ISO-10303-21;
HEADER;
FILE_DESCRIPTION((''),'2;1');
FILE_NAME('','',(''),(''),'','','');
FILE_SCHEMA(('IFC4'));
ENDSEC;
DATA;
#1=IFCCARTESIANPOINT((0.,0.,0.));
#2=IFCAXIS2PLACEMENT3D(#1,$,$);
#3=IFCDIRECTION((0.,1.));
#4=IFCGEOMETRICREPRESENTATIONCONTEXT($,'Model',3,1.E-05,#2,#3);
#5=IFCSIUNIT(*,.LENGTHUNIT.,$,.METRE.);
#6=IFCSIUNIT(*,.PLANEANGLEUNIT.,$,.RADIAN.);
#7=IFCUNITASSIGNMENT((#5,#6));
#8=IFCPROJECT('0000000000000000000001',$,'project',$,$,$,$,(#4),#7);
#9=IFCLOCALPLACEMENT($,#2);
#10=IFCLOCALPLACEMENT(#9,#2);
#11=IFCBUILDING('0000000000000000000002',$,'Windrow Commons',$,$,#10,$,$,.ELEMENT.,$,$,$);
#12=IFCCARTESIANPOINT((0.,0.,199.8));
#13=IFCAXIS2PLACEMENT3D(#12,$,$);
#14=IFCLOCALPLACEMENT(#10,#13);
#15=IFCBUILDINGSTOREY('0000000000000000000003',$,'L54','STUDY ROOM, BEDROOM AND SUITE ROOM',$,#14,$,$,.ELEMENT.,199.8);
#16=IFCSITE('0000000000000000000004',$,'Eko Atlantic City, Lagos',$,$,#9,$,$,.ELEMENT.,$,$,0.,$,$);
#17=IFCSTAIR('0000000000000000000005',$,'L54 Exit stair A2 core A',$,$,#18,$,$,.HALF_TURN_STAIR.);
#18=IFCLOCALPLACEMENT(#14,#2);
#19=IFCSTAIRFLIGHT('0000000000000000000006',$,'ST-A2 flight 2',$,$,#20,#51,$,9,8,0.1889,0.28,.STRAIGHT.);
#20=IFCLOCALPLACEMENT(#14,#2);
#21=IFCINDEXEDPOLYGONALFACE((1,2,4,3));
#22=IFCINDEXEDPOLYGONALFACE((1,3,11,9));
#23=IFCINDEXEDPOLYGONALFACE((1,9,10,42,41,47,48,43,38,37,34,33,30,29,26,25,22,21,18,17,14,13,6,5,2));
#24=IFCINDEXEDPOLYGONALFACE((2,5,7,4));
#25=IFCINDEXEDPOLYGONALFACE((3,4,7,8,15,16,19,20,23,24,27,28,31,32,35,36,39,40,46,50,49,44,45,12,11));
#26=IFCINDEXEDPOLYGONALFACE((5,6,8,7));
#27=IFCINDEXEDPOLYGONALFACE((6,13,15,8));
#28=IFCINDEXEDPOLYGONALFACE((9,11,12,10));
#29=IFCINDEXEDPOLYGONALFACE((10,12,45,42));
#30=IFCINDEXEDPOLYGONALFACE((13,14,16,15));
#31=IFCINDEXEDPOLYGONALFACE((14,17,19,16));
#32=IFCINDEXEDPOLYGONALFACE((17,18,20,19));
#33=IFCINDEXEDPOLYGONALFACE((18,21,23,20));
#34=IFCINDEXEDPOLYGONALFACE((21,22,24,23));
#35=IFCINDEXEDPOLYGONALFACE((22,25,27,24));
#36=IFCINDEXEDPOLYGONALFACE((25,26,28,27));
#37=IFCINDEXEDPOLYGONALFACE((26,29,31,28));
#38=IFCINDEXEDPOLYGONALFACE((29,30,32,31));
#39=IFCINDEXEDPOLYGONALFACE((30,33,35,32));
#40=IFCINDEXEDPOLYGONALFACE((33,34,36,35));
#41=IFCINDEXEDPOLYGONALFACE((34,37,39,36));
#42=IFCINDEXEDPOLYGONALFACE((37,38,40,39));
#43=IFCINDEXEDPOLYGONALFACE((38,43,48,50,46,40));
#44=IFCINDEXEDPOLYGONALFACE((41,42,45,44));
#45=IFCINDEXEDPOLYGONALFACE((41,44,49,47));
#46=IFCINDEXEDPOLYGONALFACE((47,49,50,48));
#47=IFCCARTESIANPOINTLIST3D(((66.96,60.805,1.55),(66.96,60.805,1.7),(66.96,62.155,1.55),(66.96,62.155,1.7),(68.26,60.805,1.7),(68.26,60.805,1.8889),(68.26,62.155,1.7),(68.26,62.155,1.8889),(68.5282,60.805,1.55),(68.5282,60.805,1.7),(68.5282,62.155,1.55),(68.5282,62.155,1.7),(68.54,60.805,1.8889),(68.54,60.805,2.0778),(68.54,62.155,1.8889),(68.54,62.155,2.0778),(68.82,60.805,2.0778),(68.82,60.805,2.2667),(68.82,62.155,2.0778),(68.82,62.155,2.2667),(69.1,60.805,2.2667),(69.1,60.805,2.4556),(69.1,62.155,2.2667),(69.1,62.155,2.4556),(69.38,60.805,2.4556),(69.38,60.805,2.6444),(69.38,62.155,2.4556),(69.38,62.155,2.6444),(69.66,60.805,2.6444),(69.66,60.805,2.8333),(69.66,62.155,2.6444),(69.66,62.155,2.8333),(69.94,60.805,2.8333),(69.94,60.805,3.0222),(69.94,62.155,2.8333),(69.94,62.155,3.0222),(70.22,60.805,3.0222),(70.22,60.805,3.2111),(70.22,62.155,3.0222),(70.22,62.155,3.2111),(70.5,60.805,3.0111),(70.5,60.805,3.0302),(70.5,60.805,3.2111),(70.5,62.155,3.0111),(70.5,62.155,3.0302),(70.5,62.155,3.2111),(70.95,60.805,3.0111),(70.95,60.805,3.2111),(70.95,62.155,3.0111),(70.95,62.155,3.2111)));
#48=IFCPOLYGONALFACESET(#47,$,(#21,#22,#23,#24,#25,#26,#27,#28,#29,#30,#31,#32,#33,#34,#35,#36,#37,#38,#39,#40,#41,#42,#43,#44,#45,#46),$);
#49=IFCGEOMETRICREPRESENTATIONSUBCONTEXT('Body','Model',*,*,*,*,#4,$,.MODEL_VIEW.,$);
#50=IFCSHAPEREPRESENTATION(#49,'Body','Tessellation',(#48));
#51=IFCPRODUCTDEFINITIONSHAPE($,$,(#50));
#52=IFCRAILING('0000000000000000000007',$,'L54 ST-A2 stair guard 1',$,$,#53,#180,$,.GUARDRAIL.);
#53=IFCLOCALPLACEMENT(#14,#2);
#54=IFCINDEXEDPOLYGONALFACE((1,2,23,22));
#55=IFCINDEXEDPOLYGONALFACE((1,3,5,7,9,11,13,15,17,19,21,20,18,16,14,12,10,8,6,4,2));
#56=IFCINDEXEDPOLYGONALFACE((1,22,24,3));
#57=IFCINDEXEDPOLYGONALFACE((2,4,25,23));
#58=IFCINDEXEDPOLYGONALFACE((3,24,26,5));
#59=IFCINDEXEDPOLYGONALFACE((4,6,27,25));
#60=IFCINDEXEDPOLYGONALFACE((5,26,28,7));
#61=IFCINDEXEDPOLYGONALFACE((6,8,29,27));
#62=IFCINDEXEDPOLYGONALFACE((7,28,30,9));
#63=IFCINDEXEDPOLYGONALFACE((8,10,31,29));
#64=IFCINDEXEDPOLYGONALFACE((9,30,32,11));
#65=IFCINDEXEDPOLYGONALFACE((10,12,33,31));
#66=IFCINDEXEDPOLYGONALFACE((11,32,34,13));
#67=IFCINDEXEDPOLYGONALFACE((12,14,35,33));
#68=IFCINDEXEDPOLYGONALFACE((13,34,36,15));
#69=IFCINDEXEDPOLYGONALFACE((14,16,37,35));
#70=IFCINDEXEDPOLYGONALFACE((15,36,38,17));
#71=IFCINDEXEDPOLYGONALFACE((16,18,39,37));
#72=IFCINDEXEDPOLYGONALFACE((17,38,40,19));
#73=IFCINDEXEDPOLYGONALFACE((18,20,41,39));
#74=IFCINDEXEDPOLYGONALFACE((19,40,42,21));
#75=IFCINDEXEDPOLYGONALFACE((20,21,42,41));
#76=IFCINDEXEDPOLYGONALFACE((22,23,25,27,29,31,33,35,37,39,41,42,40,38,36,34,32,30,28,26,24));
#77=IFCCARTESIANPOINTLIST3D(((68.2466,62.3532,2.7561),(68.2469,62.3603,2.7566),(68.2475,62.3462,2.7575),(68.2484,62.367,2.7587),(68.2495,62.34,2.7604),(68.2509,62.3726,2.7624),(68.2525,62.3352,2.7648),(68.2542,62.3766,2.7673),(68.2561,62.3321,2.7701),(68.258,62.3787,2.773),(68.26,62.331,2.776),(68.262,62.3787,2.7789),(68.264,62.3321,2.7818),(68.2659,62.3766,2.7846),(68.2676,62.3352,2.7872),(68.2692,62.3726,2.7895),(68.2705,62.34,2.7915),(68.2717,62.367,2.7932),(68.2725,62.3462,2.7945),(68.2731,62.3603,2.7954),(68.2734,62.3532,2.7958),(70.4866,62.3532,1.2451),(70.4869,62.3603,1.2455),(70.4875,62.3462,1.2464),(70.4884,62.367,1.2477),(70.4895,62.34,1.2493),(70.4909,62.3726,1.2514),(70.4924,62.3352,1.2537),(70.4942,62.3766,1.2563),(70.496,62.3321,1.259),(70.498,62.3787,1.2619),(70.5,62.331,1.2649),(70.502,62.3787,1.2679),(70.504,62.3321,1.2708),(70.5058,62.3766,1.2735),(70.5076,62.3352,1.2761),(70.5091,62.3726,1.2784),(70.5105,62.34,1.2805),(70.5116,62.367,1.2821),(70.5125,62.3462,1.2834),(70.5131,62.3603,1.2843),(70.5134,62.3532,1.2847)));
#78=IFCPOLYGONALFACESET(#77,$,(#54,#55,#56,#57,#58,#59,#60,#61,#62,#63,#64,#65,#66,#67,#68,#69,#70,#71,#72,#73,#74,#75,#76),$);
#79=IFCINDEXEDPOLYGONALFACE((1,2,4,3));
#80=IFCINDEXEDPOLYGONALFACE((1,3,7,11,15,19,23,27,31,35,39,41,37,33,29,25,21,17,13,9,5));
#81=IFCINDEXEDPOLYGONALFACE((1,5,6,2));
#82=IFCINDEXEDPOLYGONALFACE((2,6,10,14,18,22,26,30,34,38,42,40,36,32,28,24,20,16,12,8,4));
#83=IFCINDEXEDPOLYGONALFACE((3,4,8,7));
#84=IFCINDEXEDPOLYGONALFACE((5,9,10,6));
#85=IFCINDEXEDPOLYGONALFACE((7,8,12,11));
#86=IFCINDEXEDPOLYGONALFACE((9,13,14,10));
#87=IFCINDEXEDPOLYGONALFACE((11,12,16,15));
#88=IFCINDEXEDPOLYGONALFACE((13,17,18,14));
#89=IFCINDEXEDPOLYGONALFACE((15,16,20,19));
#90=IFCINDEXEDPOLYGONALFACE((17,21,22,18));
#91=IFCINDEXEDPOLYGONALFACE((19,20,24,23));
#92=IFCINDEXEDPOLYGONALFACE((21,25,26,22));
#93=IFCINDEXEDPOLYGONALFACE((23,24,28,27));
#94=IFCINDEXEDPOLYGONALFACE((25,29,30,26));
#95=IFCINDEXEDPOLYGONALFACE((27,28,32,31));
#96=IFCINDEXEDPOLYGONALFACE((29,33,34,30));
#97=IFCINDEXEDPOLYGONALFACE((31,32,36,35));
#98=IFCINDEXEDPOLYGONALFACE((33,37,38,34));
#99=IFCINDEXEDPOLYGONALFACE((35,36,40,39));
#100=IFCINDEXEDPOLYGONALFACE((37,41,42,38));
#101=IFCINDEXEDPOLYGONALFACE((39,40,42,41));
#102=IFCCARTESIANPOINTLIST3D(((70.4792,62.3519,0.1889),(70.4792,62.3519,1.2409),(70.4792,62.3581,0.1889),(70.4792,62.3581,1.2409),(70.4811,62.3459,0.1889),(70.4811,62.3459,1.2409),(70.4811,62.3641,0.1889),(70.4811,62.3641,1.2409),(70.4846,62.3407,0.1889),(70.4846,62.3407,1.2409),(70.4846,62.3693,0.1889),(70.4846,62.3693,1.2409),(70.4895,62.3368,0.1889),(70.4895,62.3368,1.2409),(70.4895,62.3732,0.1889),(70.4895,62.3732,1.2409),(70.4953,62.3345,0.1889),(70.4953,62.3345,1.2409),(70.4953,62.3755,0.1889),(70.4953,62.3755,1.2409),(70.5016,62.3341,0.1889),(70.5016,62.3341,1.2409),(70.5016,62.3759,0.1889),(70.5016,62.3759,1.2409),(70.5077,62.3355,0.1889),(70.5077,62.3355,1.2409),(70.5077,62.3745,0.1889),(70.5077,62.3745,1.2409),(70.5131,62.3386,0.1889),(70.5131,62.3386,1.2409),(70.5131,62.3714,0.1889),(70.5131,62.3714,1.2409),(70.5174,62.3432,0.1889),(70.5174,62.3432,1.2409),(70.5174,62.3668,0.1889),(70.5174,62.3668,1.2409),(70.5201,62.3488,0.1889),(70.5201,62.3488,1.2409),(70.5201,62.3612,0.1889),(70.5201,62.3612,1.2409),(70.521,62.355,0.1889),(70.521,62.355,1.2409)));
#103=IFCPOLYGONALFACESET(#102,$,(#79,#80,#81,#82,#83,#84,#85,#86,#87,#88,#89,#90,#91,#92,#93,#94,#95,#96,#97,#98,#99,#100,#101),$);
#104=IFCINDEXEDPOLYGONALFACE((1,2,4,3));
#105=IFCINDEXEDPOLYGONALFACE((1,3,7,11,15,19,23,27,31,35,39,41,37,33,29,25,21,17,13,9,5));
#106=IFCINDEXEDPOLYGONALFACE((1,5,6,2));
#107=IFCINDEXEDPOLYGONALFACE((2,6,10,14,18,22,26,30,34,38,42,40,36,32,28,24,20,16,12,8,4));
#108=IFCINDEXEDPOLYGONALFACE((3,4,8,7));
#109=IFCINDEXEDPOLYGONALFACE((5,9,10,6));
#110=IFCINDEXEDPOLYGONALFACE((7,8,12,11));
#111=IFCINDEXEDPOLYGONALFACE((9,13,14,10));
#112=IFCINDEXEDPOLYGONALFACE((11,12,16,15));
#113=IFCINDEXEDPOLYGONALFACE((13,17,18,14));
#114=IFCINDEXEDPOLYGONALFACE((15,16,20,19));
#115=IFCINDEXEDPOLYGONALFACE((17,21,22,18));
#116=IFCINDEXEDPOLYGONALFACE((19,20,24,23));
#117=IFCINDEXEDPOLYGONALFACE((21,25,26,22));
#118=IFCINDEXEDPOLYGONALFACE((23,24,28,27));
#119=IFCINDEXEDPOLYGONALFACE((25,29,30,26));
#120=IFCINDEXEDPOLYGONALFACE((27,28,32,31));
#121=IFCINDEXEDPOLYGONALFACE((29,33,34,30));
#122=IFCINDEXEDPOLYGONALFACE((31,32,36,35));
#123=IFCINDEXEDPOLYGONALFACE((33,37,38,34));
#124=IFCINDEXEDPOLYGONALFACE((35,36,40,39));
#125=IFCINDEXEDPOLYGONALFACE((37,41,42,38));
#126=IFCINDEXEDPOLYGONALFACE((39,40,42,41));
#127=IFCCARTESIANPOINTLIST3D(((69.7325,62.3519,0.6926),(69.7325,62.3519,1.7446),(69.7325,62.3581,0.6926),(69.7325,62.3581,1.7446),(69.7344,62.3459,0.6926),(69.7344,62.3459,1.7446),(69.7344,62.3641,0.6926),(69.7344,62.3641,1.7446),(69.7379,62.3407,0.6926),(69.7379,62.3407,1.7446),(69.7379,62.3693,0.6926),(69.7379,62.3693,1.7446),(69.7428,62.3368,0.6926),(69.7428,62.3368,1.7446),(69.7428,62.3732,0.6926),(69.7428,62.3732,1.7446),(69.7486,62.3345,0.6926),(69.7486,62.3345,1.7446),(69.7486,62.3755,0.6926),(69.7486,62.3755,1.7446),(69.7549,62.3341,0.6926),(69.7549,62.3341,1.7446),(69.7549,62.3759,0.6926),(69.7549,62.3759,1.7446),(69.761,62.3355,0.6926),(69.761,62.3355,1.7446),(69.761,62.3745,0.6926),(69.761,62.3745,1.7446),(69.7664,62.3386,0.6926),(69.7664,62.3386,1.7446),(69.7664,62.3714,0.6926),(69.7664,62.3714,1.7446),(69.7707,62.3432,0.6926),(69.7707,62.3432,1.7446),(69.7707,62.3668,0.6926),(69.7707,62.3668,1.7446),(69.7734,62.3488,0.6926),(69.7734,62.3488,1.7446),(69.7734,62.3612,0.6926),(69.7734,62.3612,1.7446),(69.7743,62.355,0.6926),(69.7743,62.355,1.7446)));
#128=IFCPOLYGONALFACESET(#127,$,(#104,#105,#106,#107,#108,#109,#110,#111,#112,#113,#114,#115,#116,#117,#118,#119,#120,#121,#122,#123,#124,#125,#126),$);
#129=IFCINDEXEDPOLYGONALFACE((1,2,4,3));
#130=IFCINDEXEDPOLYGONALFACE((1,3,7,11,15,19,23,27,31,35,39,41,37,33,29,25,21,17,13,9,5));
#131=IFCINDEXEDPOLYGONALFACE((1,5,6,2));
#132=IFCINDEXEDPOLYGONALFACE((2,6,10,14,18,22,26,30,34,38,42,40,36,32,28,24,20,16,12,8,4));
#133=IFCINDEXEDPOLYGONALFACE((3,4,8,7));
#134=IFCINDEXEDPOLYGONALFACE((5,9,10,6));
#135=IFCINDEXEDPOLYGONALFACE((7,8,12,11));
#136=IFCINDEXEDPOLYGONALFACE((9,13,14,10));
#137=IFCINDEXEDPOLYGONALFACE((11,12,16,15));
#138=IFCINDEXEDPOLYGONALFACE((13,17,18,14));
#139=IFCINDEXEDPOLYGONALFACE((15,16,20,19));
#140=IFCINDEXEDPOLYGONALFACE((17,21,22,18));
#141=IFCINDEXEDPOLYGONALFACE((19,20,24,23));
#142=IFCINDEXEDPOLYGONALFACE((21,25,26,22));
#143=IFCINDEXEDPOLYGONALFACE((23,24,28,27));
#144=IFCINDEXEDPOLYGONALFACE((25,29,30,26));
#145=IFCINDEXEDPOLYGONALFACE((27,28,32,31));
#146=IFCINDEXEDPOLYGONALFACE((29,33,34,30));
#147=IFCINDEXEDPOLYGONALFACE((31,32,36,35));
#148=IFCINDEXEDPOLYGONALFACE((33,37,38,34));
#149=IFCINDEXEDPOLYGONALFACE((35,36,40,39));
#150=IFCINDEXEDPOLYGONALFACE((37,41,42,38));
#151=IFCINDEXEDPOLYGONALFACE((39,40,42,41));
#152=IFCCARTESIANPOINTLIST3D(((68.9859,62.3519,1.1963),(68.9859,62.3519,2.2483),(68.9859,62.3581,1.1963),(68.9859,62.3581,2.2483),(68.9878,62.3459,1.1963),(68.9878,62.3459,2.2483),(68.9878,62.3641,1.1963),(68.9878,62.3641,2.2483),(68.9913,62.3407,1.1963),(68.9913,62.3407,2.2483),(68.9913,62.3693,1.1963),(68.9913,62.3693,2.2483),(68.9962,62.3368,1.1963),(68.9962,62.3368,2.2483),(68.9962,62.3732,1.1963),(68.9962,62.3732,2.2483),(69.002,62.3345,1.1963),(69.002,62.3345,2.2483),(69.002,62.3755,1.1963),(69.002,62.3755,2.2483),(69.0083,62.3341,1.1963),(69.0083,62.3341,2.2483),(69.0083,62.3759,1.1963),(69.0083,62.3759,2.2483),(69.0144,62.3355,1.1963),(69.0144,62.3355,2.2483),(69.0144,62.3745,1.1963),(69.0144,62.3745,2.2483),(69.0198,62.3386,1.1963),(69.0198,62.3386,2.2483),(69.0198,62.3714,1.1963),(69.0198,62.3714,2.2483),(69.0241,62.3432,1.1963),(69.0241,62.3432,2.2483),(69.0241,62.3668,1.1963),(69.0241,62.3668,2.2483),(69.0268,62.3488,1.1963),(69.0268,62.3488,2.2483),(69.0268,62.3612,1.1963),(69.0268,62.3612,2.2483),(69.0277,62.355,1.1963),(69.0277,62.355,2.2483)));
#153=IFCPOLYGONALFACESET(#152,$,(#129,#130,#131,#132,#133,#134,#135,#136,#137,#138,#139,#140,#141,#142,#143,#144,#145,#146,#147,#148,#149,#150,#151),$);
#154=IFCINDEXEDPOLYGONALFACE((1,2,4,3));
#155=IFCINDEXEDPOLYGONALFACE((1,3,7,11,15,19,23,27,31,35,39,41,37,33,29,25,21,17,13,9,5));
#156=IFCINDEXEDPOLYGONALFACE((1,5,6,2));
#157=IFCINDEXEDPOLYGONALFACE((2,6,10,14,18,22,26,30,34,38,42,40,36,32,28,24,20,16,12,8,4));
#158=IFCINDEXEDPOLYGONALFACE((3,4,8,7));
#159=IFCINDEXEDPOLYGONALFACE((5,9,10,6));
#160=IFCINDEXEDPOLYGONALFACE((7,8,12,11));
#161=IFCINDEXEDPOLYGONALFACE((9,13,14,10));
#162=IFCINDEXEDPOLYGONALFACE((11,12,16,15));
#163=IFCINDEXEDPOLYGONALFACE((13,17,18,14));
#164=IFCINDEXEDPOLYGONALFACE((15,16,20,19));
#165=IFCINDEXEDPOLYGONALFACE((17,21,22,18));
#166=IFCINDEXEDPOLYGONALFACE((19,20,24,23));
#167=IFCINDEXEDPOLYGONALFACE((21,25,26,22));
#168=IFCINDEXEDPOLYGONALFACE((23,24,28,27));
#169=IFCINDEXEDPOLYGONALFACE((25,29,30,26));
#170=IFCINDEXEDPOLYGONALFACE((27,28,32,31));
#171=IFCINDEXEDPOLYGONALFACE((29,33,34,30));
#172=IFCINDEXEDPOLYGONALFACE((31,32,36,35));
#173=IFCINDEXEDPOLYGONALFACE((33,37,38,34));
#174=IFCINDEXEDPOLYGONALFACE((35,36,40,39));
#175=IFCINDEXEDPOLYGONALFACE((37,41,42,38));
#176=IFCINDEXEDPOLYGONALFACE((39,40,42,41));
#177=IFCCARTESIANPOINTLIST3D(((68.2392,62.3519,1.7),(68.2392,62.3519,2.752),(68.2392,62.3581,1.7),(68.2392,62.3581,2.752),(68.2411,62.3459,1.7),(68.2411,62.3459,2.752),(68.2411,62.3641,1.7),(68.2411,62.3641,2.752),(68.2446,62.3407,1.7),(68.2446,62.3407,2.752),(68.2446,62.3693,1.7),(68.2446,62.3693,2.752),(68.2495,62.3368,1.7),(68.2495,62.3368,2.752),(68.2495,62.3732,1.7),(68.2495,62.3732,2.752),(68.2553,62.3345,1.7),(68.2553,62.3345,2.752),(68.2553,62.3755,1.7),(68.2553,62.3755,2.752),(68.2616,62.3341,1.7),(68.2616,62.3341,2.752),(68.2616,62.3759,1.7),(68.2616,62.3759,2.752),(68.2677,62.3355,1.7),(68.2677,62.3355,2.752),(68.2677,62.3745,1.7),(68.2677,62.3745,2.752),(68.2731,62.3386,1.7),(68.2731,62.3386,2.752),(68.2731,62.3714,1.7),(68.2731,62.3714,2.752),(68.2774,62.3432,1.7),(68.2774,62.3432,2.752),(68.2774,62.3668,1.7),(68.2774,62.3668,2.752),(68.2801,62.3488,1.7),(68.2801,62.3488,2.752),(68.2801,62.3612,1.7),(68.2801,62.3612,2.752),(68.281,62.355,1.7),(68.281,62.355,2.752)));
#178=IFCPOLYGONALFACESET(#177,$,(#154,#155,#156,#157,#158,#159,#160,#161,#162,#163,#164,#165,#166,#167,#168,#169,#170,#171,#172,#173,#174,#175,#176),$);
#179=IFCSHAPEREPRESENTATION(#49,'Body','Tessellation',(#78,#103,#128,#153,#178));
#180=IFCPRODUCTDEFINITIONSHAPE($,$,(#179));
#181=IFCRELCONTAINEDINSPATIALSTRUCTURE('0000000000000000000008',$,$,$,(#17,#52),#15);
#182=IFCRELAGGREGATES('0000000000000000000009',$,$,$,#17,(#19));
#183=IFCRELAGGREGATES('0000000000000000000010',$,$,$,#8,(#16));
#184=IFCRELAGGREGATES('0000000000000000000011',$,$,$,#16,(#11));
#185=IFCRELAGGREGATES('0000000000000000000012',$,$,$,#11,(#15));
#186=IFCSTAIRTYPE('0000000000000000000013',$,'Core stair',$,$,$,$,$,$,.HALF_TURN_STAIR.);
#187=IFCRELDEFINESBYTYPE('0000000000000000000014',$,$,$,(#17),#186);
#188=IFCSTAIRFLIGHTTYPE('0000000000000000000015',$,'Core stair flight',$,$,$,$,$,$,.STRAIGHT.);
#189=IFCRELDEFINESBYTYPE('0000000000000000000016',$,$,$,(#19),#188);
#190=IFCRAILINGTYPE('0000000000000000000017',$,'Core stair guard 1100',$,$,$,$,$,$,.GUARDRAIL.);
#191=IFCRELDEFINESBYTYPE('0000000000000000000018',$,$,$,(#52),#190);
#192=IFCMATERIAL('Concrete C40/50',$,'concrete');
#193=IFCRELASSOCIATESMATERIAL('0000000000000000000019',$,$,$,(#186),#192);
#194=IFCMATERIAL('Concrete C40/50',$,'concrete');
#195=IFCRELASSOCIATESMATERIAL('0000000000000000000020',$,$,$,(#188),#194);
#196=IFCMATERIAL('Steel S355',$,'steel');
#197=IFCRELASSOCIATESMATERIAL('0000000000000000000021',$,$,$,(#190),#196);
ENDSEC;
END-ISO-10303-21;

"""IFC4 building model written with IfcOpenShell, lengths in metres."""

from ifc_helpers import new_model, si_unit, direction, frame, origin, origin_2d, place, context, subcontext, project, spatial, polyline, circle, outline, extrude, material, type_object, element, aggregate, save


model = new_model("IFC4")

# Units and contexts
model_context = context("Model", 3, precision=1e-05, world=origin(), true_north=direction((0.0, 1.0)))
body_context = subcontext(model_context, "Body", "Model", "MODEL_VIEW")
ifc_project = project(units=[si_unit("LENGTHUNIT", "METRE"), si_unit("PLANEANGLEUNIT", "RADIAN")], contexts=[model_context])

# Site, building, storey
site_placement = place(None, origin())
site = spatial("IfcSite", under=ifc_project, at=site_placement, Name="Eko Atlantic City, Lagos", CompositionType="ELEMENT", RefElevation=0.0)
building_placement = place(site_placement, origin())
building = spatial("IfcBuilding", under=site, at=building_placement, Name="Windrow Commons", CompositionType="ELEMENT")
storey_placement = place(building_placement, frame((0.0, 0.0, 199.8)))
storey = spatial("IfcBuildingStorey", under=building, at=storey_placement, Name="L54", Description="STUDY ROOM, BEDROOM AND SUITE ROOM", CompositionType="ELEMENT", Elevation=199.8)

# Stair, stair flight
ifc_material_1 = material(Name="Concrete C40/50", Category="concrete")
stair_type = type_object("IfcStairType", Name="Core stair", PredefinedType="HALF_TURN_STAIR", material=ifc_material_1)
stair_placement = place(storey_placement, origin())
stair = element("IfcStair", 1, at=stair_placement, inside=storey, type_object=stair_type, Name="L54 Exit stair A2 core A", PredefinedType="HALF_TURN_STAIR")
ifc_material_2 = material(Name="Concrete C40/50", Category="concrete")
stair_flight_type = type_object("IfcStairFlightType", Name="Core stair flight", PredefinedType="STRAIGHT", material=ifc_material_2)
stair_flight_1_placement = place(storey_placement, frame((68.26, 61.48, 1.7), z_axis=(0.0, 0.0, 1.0), x_axis=(1.0, 0.0, 0.0)))
stair_flight_1 = element("IfcStairFlight", 2, at=stair_flight_1_placement, type_object=stair_flight_type, Name="ST-A2 flight 2", NumberOfRisers=9, NumberOfTreads=8, PredefinedType="STRAIGHT", RiserHeight=0.1889, TreadLength=0.28, context=body_context, shape_type="SweptSolid", body=[
    extrude(outline(polyline([(-1.3, -0.15), (-1.3, 0.0), (0.0, 0.0), (0.0, 0.1889), (0.28, 0.1889), (0.28, 0.3778), (0.56, 0.3778), (0.56, 0.5667), (0.84, 0.5667), (0.84, 0.7556), (1.12, 0.7556), (1.12, 0.9444), (1.4, 0.9444), (1.4, 1.1333), (1.68, 1.1333), (1.68, 1.3222), (1.96, 1.3222), (1.96, 1.5111), (2.24, 1.5111), (2.69, 1.5111), (2.69, 1.3111), (2.24, 1.3111), (2.24, 1.3302), (0.2682, 0.0), (0.2682, -0.15), (-1.3, -0.15)])), frame((0.0, 0.675, 0.0), z_axis=(0.0, -1.0, 0.0), x_axis=(1.0, 0.0, 0.0)), (0.0, 0.0, 1.0), 1.35),
])
aggregate(stair, [stair_flight_1])

# Railing
ifc_material_3 = material(Name="Steel S355", Category="steel")
railing_type_1 = type_object("IfcRailingType", Name="Core stair guard 1100", PredefinedType="GUARDRAIL", material=ifc_material_3)
railing_1_placement = place(storey_placement, frame((70.5, 62.355, 0.1889)))
element("IfcRailing", 3, at=railing_1_placement, inside=storey, type_object=railing_type_1, Name="L54 ST-A2 stair guard 1", PredefinedType="GUARDRAIL", context=body_context, shape_type="SweptSolid", body=[
    extrude(circle(Radius=0.024, at=origin_2d()), frame((0.0, 0.0, 1.076), z_axis=(-0.829003, 0.0, 0.559244), x_axis=(0.0, -1.0, 0.0)), (0.0, 0.0, 1.0), 2.702),
    extrude(circle(Radius=0.021, at=origin_2d()), origin(), (0.0, 0.0, 1.0), 1.052),
    extrude(circle(Radius=0.021, at=origin_2d()), frame((-0.7467, 0.0, 0.5037)), (0.0, 0.0, 1.0), 1.052),
    extrude(circle(Radius=0.021, at=origin_2d()), frame((-1.4933, 0.0, 1.0074)), (0.0, 0.0, 1.0), 1.052),
    extrude(circle(Radius=0.021, at=origin_2d()), frame((-2.24, 0.0, 1.5111)), (0.0, 0.0, 1.0), 1.052),
])

save(model, "model.ifc")
